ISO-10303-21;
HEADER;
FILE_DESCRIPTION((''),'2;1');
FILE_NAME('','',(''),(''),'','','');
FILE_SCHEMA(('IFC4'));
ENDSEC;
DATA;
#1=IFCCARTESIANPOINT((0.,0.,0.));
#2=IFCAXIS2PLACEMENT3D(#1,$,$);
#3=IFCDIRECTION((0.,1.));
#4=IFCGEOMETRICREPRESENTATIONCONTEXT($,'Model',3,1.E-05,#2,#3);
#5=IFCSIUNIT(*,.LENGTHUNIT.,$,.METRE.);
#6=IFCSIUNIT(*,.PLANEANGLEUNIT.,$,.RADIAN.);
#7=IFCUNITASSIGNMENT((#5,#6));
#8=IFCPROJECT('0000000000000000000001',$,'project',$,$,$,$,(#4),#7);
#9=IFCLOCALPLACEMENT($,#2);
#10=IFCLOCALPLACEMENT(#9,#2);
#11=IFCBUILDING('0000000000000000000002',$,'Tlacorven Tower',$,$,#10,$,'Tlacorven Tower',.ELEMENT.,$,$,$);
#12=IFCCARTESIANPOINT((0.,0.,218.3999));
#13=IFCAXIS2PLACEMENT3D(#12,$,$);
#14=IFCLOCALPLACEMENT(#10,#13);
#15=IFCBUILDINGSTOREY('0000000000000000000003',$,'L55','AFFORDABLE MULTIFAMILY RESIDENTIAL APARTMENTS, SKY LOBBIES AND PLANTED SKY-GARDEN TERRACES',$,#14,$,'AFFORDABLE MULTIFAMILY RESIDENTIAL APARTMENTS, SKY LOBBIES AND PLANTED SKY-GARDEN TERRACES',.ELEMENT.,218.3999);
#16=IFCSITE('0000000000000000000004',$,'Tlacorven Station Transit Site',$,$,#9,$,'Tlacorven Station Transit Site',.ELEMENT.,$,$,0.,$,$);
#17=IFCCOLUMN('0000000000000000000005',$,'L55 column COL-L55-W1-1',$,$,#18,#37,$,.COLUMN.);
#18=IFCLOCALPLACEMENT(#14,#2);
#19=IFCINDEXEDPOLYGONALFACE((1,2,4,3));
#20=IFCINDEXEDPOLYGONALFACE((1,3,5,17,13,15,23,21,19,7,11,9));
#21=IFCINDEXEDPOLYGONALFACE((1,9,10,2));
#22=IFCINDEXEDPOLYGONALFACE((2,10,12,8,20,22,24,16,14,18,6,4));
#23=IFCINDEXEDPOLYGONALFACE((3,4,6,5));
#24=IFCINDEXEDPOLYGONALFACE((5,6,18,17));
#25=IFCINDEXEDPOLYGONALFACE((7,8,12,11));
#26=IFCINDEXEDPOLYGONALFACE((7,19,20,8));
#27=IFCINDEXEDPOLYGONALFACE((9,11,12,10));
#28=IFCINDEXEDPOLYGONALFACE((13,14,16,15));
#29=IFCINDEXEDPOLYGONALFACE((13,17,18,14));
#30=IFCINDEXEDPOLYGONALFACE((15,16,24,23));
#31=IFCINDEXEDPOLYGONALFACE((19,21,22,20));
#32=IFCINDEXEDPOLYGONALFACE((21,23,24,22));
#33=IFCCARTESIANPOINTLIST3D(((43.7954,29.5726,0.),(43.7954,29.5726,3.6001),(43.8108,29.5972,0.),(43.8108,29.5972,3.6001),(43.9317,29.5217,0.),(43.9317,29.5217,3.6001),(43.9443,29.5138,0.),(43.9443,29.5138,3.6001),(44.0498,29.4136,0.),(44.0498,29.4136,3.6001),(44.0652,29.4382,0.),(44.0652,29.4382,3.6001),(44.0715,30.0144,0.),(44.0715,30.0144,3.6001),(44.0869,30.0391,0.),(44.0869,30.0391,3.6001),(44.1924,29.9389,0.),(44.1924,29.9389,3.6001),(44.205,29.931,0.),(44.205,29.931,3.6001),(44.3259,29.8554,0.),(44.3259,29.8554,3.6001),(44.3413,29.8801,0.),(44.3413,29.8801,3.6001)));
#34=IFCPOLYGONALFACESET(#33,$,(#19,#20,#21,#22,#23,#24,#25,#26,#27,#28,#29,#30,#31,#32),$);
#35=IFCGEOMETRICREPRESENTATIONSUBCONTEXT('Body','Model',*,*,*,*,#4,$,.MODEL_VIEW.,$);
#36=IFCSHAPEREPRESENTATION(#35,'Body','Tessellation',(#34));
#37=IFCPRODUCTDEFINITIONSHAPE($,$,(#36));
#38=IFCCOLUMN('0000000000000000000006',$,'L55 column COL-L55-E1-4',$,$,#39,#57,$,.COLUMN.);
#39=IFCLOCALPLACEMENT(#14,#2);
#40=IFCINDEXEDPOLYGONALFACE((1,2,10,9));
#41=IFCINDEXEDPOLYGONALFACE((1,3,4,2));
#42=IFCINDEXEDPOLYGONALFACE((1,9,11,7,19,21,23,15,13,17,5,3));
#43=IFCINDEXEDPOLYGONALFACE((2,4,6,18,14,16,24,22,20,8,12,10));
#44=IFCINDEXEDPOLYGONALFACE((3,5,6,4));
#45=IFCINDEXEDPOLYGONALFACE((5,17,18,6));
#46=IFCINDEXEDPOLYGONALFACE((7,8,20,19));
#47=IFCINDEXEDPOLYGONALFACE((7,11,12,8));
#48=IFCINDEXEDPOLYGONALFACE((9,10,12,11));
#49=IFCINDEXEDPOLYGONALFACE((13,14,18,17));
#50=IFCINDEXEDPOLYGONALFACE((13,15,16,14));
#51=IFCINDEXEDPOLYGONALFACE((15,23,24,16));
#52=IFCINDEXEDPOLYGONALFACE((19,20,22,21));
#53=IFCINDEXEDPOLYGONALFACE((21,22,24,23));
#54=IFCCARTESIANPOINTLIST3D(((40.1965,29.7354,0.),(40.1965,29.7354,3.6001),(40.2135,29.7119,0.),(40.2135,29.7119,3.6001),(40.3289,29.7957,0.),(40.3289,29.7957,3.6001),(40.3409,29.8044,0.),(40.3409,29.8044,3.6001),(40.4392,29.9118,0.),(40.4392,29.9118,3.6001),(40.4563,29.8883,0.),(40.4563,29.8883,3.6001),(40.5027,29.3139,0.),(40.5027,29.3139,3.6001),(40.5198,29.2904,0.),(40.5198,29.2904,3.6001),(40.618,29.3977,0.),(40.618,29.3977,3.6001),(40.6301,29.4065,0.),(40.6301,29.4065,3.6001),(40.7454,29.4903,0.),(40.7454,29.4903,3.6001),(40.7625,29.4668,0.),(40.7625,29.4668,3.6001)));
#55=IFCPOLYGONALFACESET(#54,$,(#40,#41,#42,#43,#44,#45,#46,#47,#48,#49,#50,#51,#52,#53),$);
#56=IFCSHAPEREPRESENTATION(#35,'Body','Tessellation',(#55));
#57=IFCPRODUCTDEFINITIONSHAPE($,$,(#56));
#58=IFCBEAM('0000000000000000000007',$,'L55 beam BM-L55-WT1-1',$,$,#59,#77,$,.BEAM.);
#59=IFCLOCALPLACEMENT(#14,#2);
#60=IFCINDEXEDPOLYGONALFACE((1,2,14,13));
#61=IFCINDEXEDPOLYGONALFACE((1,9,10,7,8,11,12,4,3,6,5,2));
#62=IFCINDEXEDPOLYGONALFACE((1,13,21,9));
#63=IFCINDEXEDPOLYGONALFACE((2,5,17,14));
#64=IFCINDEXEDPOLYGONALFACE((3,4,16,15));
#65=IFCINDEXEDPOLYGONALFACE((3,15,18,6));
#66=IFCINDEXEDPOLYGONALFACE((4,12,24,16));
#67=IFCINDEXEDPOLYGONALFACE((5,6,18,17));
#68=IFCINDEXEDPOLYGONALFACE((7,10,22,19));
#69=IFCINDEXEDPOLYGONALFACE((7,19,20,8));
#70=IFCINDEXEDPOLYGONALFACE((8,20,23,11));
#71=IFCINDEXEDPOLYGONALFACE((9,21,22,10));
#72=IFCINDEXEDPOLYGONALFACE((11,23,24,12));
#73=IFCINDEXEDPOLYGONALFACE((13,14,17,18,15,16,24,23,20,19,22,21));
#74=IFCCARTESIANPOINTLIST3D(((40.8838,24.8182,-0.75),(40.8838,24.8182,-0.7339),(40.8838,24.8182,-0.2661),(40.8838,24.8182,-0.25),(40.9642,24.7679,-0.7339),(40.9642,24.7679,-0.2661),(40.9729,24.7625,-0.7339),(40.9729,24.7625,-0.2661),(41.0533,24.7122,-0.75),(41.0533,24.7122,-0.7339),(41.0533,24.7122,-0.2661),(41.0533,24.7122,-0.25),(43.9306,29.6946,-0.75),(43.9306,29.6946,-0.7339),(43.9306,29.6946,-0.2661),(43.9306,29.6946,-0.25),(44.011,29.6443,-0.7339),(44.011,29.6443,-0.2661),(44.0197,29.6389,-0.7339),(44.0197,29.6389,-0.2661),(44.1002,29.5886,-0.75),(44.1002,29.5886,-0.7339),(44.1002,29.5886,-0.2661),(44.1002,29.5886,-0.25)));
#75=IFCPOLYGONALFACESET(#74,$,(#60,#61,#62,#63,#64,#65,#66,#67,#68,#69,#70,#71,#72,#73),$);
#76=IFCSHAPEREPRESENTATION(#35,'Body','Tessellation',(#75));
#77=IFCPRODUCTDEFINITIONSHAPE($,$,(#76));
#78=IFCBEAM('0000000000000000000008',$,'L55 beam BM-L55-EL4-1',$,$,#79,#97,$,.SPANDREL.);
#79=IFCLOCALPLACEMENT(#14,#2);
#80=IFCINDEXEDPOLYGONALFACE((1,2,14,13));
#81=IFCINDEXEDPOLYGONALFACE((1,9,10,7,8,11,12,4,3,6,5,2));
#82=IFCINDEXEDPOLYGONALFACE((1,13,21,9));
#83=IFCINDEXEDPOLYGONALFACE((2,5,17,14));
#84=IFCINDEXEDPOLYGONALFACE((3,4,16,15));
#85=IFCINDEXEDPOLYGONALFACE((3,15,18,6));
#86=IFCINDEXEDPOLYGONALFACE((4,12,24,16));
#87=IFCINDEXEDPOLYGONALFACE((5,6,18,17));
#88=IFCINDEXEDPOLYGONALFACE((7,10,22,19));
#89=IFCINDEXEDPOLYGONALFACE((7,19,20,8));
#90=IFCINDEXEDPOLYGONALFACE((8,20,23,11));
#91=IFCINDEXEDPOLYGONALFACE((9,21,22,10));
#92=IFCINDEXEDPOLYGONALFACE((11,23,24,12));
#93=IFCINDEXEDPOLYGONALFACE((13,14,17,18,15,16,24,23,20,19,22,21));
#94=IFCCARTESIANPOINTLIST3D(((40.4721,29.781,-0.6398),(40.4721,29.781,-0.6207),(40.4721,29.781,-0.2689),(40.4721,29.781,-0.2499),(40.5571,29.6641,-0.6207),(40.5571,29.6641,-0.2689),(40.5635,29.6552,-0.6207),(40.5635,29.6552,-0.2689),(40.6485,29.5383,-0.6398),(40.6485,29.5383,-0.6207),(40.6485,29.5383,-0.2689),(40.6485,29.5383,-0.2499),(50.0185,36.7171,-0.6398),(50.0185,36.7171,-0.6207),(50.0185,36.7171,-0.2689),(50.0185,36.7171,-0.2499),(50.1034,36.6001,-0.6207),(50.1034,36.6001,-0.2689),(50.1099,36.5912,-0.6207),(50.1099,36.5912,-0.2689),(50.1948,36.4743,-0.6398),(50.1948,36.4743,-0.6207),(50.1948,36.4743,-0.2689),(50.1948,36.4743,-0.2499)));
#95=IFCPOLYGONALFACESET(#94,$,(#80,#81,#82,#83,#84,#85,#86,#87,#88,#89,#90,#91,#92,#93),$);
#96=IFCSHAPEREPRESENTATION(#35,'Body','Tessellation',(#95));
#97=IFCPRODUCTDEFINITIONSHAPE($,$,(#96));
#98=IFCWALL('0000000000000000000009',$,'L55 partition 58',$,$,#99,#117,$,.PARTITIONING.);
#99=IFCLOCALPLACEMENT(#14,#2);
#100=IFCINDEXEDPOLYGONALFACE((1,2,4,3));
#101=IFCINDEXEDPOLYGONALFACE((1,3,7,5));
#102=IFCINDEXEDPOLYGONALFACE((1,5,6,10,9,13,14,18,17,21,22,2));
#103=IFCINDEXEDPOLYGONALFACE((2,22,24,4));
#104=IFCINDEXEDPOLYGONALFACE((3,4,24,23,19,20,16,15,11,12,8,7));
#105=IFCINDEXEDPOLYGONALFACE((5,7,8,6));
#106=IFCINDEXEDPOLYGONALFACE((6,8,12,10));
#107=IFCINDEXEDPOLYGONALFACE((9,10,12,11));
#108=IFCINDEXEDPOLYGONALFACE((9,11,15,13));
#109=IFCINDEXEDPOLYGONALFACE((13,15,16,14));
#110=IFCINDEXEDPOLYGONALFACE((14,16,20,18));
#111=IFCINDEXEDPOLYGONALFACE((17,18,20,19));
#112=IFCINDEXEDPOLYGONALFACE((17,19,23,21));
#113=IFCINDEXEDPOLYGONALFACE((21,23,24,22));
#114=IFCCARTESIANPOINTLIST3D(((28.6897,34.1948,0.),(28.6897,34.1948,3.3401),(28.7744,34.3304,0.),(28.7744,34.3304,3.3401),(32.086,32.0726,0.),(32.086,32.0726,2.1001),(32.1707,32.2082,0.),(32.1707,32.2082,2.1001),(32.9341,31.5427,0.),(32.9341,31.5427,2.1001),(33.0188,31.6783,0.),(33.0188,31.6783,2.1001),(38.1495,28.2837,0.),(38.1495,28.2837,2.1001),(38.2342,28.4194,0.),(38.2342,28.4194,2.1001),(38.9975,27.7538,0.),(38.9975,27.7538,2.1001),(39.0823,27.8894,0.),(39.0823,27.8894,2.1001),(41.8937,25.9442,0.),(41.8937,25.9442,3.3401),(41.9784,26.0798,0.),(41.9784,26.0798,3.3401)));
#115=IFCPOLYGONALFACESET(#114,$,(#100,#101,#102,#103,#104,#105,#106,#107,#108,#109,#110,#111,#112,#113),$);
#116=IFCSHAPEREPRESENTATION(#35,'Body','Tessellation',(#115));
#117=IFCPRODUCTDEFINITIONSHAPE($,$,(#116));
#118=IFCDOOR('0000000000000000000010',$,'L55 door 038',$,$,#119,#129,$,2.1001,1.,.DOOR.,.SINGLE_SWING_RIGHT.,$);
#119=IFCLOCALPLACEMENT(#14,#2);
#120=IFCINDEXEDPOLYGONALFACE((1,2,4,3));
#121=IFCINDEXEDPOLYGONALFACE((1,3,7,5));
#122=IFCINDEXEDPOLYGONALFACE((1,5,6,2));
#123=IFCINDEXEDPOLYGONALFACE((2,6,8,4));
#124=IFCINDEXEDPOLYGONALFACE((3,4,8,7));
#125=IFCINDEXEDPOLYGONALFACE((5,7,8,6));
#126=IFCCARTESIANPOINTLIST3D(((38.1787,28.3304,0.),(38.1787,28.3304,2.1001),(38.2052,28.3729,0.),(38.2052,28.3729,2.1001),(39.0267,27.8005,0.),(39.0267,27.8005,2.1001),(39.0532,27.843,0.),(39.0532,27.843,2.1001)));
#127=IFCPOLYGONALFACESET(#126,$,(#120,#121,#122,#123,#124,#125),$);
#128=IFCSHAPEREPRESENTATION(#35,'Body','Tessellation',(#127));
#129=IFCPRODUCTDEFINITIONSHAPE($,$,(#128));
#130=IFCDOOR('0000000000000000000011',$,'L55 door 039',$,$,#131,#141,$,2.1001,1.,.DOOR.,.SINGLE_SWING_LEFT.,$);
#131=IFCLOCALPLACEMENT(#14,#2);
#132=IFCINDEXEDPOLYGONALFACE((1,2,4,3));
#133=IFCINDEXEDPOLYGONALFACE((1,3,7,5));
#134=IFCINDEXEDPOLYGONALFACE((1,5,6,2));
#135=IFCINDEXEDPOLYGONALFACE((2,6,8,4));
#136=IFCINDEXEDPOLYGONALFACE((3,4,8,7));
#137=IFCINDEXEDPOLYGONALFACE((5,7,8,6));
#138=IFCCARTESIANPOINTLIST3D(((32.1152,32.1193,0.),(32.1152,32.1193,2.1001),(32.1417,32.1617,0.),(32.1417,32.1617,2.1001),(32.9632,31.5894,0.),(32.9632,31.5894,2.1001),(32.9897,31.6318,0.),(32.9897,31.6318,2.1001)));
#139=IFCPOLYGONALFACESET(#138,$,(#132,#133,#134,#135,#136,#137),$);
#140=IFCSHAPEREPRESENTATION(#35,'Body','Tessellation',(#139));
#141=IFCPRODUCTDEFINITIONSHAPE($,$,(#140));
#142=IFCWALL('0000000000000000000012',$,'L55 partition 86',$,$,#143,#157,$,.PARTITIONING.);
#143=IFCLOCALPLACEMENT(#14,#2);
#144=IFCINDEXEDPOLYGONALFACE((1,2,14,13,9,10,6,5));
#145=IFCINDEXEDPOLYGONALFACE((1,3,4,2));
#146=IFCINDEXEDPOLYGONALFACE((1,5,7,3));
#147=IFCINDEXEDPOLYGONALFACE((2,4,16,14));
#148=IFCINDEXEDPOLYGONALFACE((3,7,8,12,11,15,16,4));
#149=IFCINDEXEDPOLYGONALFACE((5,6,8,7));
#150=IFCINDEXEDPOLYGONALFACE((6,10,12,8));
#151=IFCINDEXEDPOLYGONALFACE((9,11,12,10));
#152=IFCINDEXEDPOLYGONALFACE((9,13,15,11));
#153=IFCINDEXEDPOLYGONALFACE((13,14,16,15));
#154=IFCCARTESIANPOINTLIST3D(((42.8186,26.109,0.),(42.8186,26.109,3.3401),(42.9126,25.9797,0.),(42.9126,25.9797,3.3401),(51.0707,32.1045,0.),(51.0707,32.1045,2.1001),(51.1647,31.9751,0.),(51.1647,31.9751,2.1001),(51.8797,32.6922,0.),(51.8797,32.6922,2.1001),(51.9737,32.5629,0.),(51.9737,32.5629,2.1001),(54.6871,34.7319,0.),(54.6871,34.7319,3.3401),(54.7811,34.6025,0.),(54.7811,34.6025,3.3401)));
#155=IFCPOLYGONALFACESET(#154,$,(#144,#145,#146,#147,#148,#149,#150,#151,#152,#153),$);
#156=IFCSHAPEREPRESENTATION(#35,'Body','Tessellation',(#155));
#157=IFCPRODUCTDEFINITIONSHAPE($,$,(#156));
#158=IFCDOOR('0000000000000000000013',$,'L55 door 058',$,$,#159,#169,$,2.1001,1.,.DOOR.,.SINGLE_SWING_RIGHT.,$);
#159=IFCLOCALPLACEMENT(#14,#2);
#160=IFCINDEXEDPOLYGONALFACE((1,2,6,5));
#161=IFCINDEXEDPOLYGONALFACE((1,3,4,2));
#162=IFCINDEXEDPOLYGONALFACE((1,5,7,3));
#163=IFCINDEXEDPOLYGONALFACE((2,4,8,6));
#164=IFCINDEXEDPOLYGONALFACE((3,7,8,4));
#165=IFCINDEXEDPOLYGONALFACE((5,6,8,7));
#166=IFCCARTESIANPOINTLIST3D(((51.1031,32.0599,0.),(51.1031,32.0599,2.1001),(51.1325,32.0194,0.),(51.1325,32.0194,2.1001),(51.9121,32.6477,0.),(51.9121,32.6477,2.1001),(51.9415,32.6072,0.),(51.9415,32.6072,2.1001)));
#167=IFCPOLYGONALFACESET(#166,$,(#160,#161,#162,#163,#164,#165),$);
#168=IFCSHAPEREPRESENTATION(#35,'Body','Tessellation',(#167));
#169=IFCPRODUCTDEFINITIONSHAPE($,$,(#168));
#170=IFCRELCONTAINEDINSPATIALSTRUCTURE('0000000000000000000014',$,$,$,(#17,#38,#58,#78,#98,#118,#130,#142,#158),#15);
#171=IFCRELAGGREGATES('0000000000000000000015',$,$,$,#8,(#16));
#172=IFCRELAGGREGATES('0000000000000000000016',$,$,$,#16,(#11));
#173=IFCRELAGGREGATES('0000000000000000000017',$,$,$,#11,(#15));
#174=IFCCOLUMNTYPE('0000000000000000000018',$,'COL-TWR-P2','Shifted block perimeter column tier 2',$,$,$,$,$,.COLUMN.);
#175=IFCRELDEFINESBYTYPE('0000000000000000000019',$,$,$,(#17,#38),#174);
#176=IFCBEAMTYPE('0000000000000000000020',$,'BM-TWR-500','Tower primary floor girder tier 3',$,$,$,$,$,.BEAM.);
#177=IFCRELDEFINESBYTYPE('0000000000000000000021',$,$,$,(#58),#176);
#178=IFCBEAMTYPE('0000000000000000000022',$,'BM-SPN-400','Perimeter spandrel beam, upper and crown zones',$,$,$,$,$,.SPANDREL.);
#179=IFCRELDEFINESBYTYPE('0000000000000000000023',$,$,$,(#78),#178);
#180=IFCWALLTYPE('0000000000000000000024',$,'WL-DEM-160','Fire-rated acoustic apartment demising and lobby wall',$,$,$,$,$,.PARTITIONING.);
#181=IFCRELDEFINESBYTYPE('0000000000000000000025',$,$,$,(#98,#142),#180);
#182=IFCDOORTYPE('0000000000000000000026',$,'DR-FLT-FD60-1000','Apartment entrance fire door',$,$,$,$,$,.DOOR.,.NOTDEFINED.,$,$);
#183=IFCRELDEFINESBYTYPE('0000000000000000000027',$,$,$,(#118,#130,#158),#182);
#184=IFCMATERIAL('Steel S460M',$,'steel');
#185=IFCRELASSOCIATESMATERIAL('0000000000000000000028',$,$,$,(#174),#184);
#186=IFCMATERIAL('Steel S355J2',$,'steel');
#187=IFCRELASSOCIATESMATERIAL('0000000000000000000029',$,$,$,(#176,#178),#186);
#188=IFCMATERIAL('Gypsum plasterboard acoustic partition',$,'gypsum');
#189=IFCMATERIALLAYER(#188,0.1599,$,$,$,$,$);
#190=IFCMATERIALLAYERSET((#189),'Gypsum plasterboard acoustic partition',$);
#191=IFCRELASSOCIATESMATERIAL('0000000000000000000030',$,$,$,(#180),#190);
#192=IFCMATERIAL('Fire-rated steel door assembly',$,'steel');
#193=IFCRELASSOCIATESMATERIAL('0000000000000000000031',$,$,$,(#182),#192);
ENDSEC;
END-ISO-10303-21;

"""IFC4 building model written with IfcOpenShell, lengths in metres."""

from ifc_helpers import new_model, si_unit, direction, frame, frame_2d, origin, origin_2d, place, context, subcontext, project, spatial, rectangle, i_section, extrude, source, transform, mapped, material, layer, layer_set, material_profile, profile_set, type_object, element, fill, save


model = new_model("IFC4")

# Units and contexts
model_context = context("Model", 3, precision=1e-05, world=origin(), true_north=direction((0.0, 1.0)))
body_context = subcontext(model_context, "Body", "Model", "MODEL_VIEW")
ifc_project = project(units=[si_unit("LENGTHUNIT", "METRE"), si_unit("PLANEANGLEUNIT", "RADIAN")], contexts=[model_context])

# Site, building, storey
site_placement = place(None, origin())
site = spatial("IfcSite", under=ifc_project, at=site_placement, Name="Tlacorven Station Transit Site", LongName="Tlacorven Station Transit Site", CompositionType="ELEMENT", RefElevation=0.0)
building_placement = place(site_placement, origin())
building = spatial("IfcBuilding", under=site, at=building_placement, Name="Tlacorven Tower", LongName="Tlacorven Tower", CompositionType="ELEMENT")
storey_placement = place(building_placement, frame((0.0, 0.0, 218.3999)))
storey = spatial("IfcBuildingStorey", under=building, at=storey_placement, Name="L55", Description="AFFORDABLE MULTIFAMILY RESIDENTIAL APARTMENTS, SKY LOBBIES AND PLANTED SKY-GARDEN TERRACES", LongName="AFFORDABLE MULTIFAMILY RESIDENTIAL APARTMENTS, SKY LOBBIES AND PLANTED SKY-GARDEN TERRACES", CompositionType="ELEMENT", Elevation=218.3999)

# Columns
ifc_material_1 = material(Name="Steel S460M", Category="steel")
ifc_material_profile_1 = material_profile(ifc_material_1, i_section(OverallWidth=0.3, OverallDepth=0.55, WebThickness=0.0149, FlangeThickness=0.0291, at=origin_2d()), Name="HEB 550")
ifc_profile_set_1 = profile_set([ifc_material_profile_1], Name="Steel S460M")
column_type = type_object("IfcColumnType", Name="COL-TWR-P2", Description="Shifted block perimeter column tier 2", PredefinedType="COLUMN", material=ifc_profile_set_1)
shared_shape_1 = source(origin(), body_context, "Body", "SweptSolid", [
    extrude(i_section(OverallWidth=0.3, OverallDepth=0.55, WebThickness=0.0149, FlangeThickness=0.0291, at=origin_2d()), origin(), (0.0, 0.0, 1.0), 3.6001),
])
for number, where, z_axis, x_axis, name in (
    (1, (44.0684, 29.7263, 0.0), (0.0, 0.0, 1.0), (-0.848048, 0.529919, 0.0), "L55 column COL-L55-W1-1"),
    (2, (40.4795, 29.6011, 0.0), (0.0, 0.0, 1.0), (0.809017, 0.587785, 0.0), "L55 column COL-L55-E1-4"),
):
    element("IfcColumn", number, at=place(storey_placement, frame(where, z_axis=z_axis, x_axis=x_axis)), inside=storey, type_object=column_type, Name=name, PredefinedType="COLUMN", context=body_context, shape_type="MappedRepresentation", body=[
        mapped(shared_shape_1, transform((0.0, 0.0, 0.0), scale=1.0)),
    ])

# Beams
ifc_material_2 = material(Name="Steel S355J2", Category="steel")
ifc_material_profile_2 = material_profile(ifc_material_2, i_section(OverallWidth=0.2, OverallDepth=0.5, WebThickness=0.0103, FlangeThickness=0.0161, at=origin_2d()), Name="IPE 500")
ifc_profile_set_2 = profile_set([ifc_material_profile_2], Name="Steel S355J2")
beam_type_1 = type_object("IfcBeamType", Name="BM-TWR-500", Description="Tower primary floor girder tier 3", PredefinedType="BEAM", material=ifc_profile_set_2)
shared_shape_2 = source(origin(), body_context, "Body", "SweptSolid", [
    extrude(i_section(OverallWidth=0.2, OverallDepth=0.5, WebThickness=0.0103, FlangeThickness=0.0161, at=origin_2d()), origin(), (0.0, 0.0, 1.0), 5.75),
])
beam_1_placement = place(storey_placement, frame((44.0154, 29.6416, -0.5), z_axis=(-0.529884, -0.84807, 0.0), x_axis=(0.84807, -0.529884, 0.0)))
element("IfcBeam", 3, at=beam_1_placement, inside=storey, type_object=beam_type_1, Name="L55 beam BM-L55-WT1-1", PredefinedType="BEAM", context=body_context, shape_type="MappedRepresentation", body=[
    mapped(shared_shape_2, transform((0.0, 0.0, 0.0), scale=1.0)),
])
ifc_material_profile_3 = material_profile(ifc_material_2, i_section(OverallWidth=0.3, OverallDepth=0.3899, WebThickness=0.011, FlangeThickness=0.019, at=origin_2d()), Name="HEA 400")
ifc_profile_set_3 = profile_set([ifc_material_profile_3], Name="Steel S355J2")
beam_type_2 = type_object("IfcBeamType", Name="BM-SPN-400", Description="Perimeter spandrel beam, upper and crown zones", PredefinedType="SPANDREL", material=ifc_profile_set_3)
shared_shape_3 = source(origin(), body_context, "Body", "SweptSolid", [
    extrude(i_section(OverallWidth=0.3, OverallDepth=0.3899, WebThickness=0.011, FlangeThickness=0.019, at=origin_2d()), origin(), (0.0, 0.0, 1.0), 11.8),
])
beam_2_placement = place(storey_placement, frame((40.5603, 29.6597, -0.4448), z_axis=(0.80901, 0.587795, 0.0), x_axis=(-0.587795, 0.80901, 0.0)))
element("IfcBeam", 4, at=beam_2_placement, inside=storey, type_object=beam_type_2, Name="L55 beam BM-L55-EL4-1", PredefinedType="SPANDREL", context=body_context, shape_type="MappedRepresentation", body=[
    mapped(shared_shape_3, transform((0.0, 0.0, 0.0), scale=1.0)),
])

# Wall, openings, doors
ifc_material_3 = material(Name="Gypsum plasterboard acoustic partition", Category="gypsum")
ifc_layer_1 = layer(ifc_material_3, 0.1599)
ifc_layer_set_1 = layer_set([ifc_layer_1], Name="Gypsum plasterboard acoustic partition")
wall_type_1 = type_object("IfcWallType", Name="WL-DEM-160", Description="Fire-rated acoustic apartment demising and lobby wall", PredefinedType="PARTITIONING", material=ifc_layer_set_1)
wall_1_placement = place(storey_placement, frame((41.936, 26.012, 0.0), z_axis=(0.0, 0.0, 1.0), x_axis=(-0.848051, 0.529914, 0.0)))
wall_1 = element("IfcWall", 5, at=wall_1_placement, inside=storey, type_object=wall_type_1, Name="L55 partition 58", PredefinedType="PARTITIONING", context=body_context, shape_type="SweptSolid", body=[
    extrude(rectangle(XDim=15.5698, YDim=0.1599, at=frame_2d((7.7849, 0.0))), origin(), (0.0, 0.0, 1.0), 3.3401),
])
opening_1_placement = place(wall_1_placement, frame((3.415, 0.0, 0.0)))
opening_1 = element("IfcOpeningElement", 6, at=opening_1_placement, cuts=wall_1, PredefinedType="OPENING", context=body_context, shape_type="SweptSolid", body=[
    extrude(rectangle(XDim=1.0, YDim=2.1001, at=frame_2d((0.5, 1.05))), frame((0.0, 0.0898, 0.0), z_axis=(0.0, -1.0, 0.0), x_axis=(1.0, 0.0, 0.0)), (0.0, 0.0, 1.0), 0.1799),
])
opening_2_placement = place(wall_1_placement, frame((10.5649, 0.0, 0.0)))
opening_2 = element("IfcOpeningElement", 7, at=opening_2_placement, cuts=wall_1, PredefinedType="OPENING", context=body_context, shape_type="SweptSolid", body=[
    extrude(rectangle(XDim=1.0, YDim=2.1001, at=frame_2d((0.5, 1.05))), frame((0.0, 0.0898, 0.0), z_axis=(0.0, -1.0, 0.0), x_axis=(1.0, 0.0, 0.0)), (0.0, 0.0, 1.0), 0.1799),
])
ifc_material_4 = material(Name="Fire-rated steel door assembly", Category="steel")
door_type_1 = type_object("IfcDoorType", Name="DR-FLT-FD60-1000", Description="Apartment entrance fire door", OperationType="NOTDEFINED", PredefinedType="DOOR", material=ifc_material_4)
shared_shape_4 = source(origin(), body_context, "Body", "SweptSolid", [
    extrude(rectangle(XDim=1.0, YDim=2.1001, at=frame_2d((0.5, 1.05))), frame((0.0, 0.0249, 0.0), z_axis=(0.0, -1.0, 0.0), x_axis=(1.0, 0.0, 0.0)), (0.0, 0.0, 1.0), 0.05),
])
door_1_placement = place(opening_1_placement, origin())
door_1 = element("IfcDoor", 8, at=door_1_placement, inside=storey, type_object=door_type_1, Name="L55 door 038", OperationType="SINGLE_SWING_RIGHT", OverallHeight=2.1001, OverallWidth=1.0, PredefinedType="DOOR", context=body_context, shape_type="MappedRepresentation", body=[
    mapped(shared_shape_4, transform((0.0, 0.0, 0.0), scale=1.0)),
])
fill(opening_1, door_1)
door_2_placement = place(opening_2_placement, origin())
door_2 = element("IfcDoor", 9, at=door_2_placement, inside=storey, type_object=door_type_1, Name="L55 door 039", OperationType="SINGLE_SWING_LEFT", OverallHeight=2.1001, OverallWidth=1.0, PredefinedType="DOOR", context=body_context, shape_type="MappedRepresentation", body=[
    mapped(shared_shape_4, transform((0.0, 0.0, 0.0), scale=1.0)),
])
fill(opening_2, door_2)

# Wall, opening, door
wall_2_placement = place(storey_placement, frame((42.8657, 26.0444, 0.0), z_axis=(0.0, 0.0, 1.0), x_axis=(0.80902, 0.587781, 0.0)))
wall_2 = element("IfcWall", 10, at=wall_2_placement, inside=storey, type_object=wall_type_1, Name="L55 partition 86", PredefinedType="PARTITIONING", context=body_context, shape_type="SweptSolid", body=[
    extrude(rectangle(XDim=14.6702, YDim=0.1599, at=frame_2d((7.335, 0.0))), origin(), (0.0, 0.0, 1.0), 3.3401),
])
opening_3_placement = place(wall_2_placement, frame((10.2, 0.0, 0.0)))
opening_3 = element("IfcOpeningElement", 11, at=opening_3_placement, cuts=wall_2, PredefinedType="OPENING", context=body_context, shape_type="SweptSolid", body=[
    extrude(rectangle(XDim=1.0, YDim=2.1001, at=frame_2d((0.5, 1.05))), frame((0.0, 0.0898, 0.0), z_axis=(0.0, -1.0, 0.0), x_axis=(1.0, 0.0, 0.0)), (0.0, 0.0, 1.0), 0.1799),
])
door_3_placement = place(opening_3_placement, origin())
door_3 = element("IfcDoor", 12, at=door_3_placement, inside=storey, type_object=door_type_1, Name="L55 door 058", OperationType="SINGLE_SWING_RIGHT", OverallHeight=2.1001, OverallWidth=1.0, PredefinedType="DOOR", context=body_context, shape_type="MappedRepresentation", body=[
    mapped(shared_shape_4, transform((0.0, 0.0, 0.0), scale=1.0)),
])
fill(opening_3, door_3)

save(model, "model.ifc")
